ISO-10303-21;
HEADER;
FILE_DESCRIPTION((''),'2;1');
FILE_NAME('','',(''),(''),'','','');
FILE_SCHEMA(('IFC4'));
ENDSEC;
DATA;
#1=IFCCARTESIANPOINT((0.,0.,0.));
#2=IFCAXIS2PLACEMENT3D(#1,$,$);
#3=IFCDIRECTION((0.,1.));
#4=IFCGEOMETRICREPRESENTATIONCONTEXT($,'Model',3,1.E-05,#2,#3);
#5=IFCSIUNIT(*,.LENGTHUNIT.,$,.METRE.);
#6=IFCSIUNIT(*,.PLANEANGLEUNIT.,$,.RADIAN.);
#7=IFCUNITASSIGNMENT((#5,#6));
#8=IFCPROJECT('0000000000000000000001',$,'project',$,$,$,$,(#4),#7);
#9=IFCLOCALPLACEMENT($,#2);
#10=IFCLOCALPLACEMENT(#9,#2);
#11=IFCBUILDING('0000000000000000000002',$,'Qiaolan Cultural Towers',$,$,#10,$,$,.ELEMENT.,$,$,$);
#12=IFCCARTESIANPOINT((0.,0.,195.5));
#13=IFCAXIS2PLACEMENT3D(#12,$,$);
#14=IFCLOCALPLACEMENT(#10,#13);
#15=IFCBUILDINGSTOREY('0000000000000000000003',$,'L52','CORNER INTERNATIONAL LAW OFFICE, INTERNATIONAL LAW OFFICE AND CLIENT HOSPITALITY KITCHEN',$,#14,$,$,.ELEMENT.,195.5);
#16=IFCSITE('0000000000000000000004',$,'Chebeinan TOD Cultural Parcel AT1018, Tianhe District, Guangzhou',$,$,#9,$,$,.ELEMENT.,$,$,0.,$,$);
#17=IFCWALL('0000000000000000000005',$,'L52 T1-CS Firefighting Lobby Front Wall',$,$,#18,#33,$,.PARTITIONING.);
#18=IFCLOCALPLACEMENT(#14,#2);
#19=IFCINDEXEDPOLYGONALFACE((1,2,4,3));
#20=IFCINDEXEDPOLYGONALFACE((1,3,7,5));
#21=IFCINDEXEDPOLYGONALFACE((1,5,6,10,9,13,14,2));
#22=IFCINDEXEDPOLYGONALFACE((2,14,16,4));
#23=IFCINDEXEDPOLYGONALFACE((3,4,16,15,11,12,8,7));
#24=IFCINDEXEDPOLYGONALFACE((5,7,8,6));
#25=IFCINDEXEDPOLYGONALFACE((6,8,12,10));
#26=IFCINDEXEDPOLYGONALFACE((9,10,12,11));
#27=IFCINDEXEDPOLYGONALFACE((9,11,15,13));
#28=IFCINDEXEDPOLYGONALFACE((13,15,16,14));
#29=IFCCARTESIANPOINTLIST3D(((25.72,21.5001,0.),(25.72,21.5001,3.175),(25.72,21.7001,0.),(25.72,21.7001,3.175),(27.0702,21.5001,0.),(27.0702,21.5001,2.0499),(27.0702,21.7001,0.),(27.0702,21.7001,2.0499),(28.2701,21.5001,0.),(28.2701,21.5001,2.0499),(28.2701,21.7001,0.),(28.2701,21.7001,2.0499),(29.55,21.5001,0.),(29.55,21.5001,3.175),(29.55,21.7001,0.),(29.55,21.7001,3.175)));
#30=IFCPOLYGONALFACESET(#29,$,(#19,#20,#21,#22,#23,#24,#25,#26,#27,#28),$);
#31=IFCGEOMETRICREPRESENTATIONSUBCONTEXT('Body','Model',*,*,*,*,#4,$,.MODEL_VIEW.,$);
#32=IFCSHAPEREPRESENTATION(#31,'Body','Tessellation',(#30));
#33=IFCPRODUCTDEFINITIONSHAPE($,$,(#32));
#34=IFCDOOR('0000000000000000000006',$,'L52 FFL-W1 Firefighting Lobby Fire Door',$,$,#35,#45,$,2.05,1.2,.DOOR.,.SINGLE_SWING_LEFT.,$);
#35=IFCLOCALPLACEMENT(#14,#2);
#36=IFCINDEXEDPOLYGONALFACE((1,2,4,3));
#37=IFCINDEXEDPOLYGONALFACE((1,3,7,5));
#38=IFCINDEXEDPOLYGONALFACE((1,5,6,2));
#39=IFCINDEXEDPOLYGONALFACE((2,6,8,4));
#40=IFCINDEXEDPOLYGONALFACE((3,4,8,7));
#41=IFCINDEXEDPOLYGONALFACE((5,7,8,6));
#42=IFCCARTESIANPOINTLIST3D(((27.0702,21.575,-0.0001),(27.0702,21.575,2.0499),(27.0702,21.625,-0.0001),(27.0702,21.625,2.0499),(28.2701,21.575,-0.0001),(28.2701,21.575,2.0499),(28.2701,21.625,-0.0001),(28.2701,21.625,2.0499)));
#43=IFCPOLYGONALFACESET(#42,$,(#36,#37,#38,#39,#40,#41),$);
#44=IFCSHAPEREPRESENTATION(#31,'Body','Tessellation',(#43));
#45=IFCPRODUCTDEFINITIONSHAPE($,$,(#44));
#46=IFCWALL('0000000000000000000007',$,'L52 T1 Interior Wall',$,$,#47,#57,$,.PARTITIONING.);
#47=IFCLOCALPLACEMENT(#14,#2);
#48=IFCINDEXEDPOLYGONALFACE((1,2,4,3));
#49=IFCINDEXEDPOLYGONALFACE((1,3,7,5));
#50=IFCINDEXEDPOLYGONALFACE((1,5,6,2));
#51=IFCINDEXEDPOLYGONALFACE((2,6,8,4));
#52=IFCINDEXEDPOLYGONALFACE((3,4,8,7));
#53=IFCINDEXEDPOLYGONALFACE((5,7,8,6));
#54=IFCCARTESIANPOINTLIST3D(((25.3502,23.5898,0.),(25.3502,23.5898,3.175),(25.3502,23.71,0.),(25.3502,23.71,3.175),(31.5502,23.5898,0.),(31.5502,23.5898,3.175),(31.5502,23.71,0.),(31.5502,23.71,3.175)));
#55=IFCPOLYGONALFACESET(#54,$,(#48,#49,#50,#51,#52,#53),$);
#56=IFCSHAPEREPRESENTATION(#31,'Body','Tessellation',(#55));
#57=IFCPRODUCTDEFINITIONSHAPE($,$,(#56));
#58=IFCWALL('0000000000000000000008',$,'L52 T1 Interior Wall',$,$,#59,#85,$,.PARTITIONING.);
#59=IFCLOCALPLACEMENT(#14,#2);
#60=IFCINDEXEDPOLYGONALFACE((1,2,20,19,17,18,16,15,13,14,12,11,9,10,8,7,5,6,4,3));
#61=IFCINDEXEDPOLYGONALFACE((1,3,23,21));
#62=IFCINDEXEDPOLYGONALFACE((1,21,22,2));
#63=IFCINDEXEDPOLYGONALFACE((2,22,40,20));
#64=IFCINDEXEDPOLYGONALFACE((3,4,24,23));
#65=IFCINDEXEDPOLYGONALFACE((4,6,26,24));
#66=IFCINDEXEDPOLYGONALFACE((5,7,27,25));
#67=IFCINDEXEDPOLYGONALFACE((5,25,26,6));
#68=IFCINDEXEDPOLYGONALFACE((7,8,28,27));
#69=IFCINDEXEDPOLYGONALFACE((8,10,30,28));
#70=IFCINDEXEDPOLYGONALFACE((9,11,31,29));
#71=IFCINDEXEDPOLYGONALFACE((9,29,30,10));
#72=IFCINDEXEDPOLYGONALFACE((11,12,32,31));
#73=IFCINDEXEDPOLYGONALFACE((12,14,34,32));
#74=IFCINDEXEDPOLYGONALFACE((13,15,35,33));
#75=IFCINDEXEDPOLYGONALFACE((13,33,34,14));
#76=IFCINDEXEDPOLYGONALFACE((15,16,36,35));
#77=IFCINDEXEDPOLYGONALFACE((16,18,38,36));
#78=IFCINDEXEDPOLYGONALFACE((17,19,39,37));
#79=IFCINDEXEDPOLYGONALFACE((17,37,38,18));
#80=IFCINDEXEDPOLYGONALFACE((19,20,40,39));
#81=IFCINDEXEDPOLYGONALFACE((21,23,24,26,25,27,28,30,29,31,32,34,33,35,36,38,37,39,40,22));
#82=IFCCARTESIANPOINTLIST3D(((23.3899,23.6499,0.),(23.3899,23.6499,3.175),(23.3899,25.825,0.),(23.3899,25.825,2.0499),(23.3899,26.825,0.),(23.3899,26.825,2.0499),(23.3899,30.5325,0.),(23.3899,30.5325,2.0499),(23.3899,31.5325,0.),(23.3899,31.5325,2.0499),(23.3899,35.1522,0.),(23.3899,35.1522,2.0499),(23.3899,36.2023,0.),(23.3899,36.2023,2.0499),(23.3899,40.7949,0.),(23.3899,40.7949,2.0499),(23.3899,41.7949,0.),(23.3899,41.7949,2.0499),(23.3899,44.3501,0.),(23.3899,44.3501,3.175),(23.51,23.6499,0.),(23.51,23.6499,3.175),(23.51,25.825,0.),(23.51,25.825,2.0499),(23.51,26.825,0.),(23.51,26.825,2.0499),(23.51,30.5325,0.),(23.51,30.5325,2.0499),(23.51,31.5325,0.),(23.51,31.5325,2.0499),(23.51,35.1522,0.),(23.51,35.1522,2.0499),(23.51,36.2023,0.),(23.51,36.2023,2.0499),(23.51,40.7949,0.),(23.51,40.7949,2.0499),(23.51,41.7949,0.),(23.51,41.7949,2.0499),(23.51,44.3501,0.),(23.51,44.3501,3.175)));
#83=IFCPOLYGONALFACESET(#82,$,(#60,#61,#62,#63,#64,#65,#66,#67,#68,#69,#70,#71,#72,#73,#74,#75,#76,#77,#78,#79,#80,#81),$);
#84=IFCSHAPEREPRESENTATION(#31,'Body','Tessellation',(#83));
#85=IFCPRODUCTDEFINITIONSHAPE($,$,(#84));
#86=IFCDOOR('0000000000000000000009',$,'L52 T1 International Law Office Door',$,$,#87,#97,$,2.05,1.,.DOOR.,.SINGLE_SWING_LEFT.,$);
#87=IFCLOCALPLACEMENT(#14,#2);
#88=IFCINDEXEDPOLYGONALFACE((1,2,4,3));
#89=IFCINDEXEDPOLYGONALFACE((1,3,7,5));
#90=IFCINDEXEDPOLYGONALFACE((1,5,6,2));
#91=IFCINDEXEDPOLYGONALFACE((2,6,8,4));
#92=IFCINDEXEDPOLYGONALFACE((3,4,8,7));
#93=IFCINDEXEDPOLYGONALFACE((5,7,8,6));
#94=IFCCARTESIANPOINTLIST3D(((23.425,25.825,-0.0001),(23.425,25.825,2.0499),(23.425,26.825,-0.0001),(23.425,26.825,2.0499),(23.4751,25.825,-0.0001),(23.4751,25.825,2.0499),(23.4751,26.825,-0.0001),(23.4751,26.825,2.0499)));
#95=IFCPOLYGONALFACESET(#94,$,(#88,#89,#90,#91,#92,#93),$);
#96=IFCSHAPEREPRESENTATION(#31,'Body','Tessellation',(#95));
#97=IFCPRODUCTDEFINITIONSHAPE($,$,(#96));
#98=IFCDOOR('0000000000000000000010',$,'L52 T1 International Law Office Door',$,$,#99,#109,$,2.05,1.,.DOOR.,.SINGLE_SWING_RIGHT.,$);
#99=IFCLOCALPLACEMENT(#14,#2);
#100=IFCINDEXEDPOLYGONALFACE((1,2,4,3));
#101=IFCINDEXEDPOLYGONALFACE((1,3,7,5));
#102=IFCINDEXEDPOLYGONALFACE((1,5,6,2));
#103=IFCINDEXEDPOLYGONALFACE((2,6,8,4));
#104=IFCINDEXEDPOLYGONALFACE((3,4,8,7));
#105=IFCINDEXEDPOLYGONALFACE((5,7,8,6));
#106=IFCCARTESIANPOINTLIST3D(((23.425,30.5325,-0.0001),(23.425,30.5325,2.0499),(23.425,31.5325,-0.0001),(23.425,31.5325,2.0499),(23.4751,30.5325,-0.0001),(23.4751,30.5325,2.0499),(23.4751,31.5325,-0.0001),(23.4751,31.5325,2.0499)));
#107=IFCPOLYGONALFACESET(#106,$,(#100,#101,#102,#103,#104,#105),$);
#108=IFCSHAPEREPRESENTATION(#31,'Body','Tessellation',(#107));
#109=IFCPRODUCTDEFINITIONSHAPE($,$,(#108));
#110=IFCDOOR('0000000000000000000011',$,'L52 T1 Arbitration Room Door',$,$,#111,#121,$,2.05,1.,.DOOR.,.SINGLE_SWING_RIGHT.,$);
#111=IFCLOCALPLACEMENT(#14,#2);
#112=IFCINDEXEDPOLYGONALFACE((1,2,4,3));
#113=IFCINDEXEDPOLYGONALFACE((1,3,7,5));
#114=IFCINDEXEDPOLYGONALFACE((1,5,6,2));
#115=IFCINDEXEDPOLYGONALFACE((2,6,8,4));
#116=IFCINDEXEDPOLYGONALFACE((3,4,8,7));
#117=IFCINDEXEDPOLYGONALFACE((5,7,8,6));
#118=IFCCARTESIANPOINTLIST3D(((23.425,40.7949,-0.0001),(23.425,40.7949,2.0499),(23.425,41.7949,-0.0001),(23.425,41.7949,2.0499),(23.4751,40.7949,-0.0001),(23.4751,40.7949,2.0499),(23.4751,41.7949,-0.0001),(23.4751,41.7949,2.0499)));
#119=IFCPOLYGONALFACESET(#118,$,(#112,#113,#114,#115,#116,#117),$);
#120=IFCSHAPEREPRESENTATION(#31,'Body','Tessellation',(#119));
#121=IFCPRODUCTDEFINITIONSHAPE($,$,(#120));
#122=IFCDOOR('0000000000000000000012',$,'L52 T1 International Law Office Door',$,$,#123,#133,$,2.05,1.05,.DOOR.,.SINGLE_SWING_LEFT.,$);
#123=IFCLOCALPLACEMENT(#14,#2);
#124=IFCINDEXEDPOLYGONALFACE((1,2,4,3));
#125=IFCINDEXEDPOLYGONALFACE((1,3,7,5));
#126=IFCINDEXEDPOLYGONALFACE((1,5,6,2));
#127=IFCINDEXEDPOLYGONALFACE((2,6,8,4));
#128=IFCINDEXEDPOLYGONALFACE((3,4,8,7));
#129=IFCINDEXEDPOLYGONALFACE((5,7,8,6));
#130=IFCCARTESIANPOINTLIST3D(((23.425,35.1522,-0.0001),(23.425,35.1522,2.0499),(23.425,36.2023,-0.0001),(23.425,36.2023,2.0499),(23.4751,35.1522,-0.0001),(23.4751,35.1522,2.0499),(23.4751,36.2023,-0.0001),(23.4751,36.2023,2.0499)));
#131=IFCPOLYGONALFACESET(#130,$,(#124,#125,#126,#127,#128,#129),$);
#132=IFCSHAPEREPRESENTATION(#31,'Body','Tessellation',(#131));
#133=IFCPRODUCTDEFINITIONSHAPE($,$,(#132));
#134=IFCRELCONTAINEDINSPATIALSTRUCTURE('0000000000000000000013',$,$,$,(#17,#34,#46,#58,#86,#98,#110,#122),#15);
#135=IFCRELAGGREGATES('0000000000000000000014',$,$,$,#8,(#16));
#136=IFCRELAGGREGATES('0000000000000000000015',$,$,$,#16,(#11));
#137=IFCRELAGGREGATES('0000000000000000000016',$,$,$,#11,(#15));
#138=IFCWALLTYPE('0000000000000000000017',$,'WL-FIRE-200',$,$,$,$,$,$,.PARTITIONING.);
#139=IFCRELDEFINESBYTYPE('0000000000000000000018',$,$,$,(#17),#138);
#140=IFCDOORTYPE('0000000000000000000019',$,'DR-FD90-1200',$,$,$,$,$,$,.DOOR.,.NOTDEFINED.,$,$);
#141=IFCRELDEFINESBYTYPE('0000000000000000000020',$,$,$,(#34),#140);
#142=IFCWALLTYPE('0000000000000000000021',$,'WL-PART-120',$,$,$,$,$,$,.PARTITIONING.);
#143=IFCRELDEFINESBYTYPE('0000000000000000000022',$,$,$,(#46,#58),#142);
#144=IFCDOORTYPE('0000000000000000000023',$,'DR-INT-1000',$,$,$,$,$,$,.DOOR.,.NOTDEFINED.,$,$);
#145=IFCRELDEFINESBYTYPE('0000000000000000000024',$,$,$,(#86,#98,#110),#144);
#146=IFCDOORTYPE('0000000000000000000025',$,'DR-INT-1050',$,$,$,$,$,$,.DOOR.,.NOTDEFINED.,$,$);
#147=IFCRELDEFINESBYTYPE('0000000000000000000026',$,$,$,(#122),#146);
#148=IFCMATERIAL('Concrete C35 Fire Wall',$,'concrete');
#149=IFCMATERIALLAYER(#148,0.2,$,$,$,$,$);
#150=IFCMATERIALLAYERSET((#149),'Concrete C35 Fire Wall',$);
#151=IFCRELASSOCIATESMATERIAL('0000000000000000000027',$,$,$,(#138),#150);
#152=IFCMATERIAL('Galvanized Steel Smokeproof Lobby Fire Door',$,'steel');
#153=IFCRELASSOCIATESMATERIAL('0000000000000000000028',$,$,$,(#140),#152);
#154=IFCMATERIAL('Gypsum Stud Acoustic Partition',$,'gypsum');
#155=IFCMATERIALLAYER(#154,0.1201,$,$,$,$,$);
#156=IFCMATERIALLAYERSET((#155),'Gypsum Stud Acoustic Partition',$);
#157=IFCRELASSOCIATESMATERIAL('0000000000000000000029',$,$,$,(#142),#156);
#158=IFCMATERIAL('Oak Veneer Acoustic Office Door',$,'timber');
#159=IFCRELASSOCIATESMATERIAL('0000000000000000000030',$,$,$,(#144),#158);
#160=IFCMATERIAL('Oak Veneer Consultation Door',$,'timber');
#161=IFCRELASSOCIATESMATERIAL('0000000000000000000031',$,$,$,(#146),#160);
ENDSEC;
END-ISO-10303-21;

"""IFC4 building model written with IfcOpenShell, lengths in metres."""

from ifc_helpers import new_model, si_unit, direction, frame, frame_2d, origin, place, context, subcontext, project, spatial, rectangle, extrude, material, layer, layer_set, type_object, element, fill, save


model = new_model("IFC4")

# Units and contexts
model_context = context("Model", 3, precision=1e-05, world=origin(), true_north=direction((0.0, 1.0)))
body_context = subcontext(model_context, "Body", "Model", "MODEL_VIEW")
ifc_project = project(units=[si_unit("LENGTHUNIT", "METRE"), si_unit("PLANEANGLEUNIT", "RADIAN")], contexts=[model_context])

# Site, building, storey
site_placement = place(None, origin())
site = spatial("IfcSite", under=ifc_project, at=site_placement, Name="Chebeinan TOD Cultural Parcel AT1018, Tianhe District, Guangzhou", CompositionType="ELEMENT", RefElevation=0.0)
building_placement = place(site_placement, origin())
building = spatial("IfcBuilding", under=site, at=building_placement, Name="Qiaolan Cultural Towers", CompositionType="ELEMENT")
storey_placement = place(building_placement, frame((0.0, 0.0, 195.5)))
storey = spatial("IfcBuildingStorey", under=building, at=storey_placement, Name="L52", Description="CORNER INTERNATIONAL LAW OFFICE, INTERNATIONAL LAW OFFICE AND CLIENT HOSPITALITY KITCHEN", CompositionType="ELEMENT", Elevation=195.5)

# Wall, opening, door
ifc_material_1 = material(Name="Concrete C35 Fire Wall", Category="concrete")
ifc_layer_1 = layer(ifc_material_1, 0.2)
ifc_layer_set_1 = layer_set([ifc_layer_1], Name="Concrete C35 Fire Wall")
wall_type_1 = type_object("IfcWallType", Name="WL-FIRE-200", PredefinedType="PARTITIONING", material=ifc_layer_set_1)
wall_1_placement = place(storey_placement, frame((25.72, 21.6001, 0.0), z_axis=(0.0, 0.0, 1.0), x_axis=(1.0, 0.0, 0.0)))
wall_1 = element("IfcWall", 1, at=wall_1_placement, inside=storey, type_object=wall_type_1, Name="L52 T1-CS Firefighting Lobby Front Wall", PredefinedType="PARTITIONING", context=body_context, shape_type="SweptSolid", body=[
    extrude(rectangle(XDim=3.8301, YDim=0.2, at=frame_2d((1.915, 0.0))), origin(), (0.0, 0.0, 1.0), 3.175),
])
opening_1_placement = place(wall_1_placement, frame((1.3501, 0.0, 0.0)))
opening_1 = element("IfcOpeningElement", 2, at=opening_1_placement, cuts=wall_1, PredefinedType="OPENING", context=body_context, shape_type="SweptSolid", body=[
    extrude(rectangle(XDim=1.2, YDim=2.05, at=frame_2d((0.6001, 1.0249))), frame((0.0, 0.1099, 0.0), z_axis=(0.0, -1.0, 0.0), x_axis=(1.0, 0.0, 0.0)), (0.0, 0.0, 1.0), 0.22),
])
ifc_material_2 = material(Name="Galvanized Steel Smokeproof Lobby Fire Door", Category="steel")
door_type_1 = type_object("IfcDoorType", Name="DR-FD90-1200", OperationType="NOTDEFINED", PredefinedType="DOOR", material=ifc_material_2)
door_1_placement = place(opening_1_placement, origin())
door_1 = element("IfcDoor", 3, at=door_1_placement, inside=storey, type_object=door_type_1, Name="L52 FFL-W1 Firefighting Lobby Fire Door", OperationType="SINGLE_SWING_LEFT", OverallHeight=2.05, OverallWidth=1.2, PredefinedType="DOOR", context=body_context, shape_type="SweptSolid", body=[
    extrude(rectangle(XDim=1.2, YDim=2.05, at=frame_2d((0.6001, 1.0249))), frame((0.0, 0.0249, 0.0), z_axis=(0.0, -1.0, 0.0), x_axis=(1.0, 0.0, 0.0)), (0.0, 0.0, 1.0), 0.05),
])
fill(opening_1, door_1)

# Wall
ifc_material_3 = material(Name="Gypsum Stud Acoustic Partition", Category="gypsum")
ifc_layer_2 = layer(ifc_material_3, 0.1201)
ifc_layer_set_2 = layer_set([ifc_layer_2], Name="Gypsum Stud Acoustic Partition")
wall_type_2 = type_object("IfcWallType", Name="WL-PART-120", PredefinedType="PARTITIONING", material=ifc_layer_set_2)
wall_2_placement = place(storey_placement, frame((25.3501, 23.6499, 0.0), z_axis=(0.0, 0.0, 1.0), x_axis=(1.0, 0.0, 0.0)))
element("IfcWall", 4, at=wall_2_placement, inside=storey, type_object=wall_type_2, Name="L52 T1 Interior Wall", PredefinedType="PARTITIONING", context=body_context, shape_type="SweptSolid", body=[
    extrude(rectangle(XDim=6.2, YDim=0.1201, at=frame_2d((3.1001, 0.0))), origin(), (0.0, 0.0, 1.0), 3.175),
])

# Wall, openings, doors
wall_3_placement = place(storey_placement, frame((23.45, 23.6499, 0.0), z_axis=(0.0, 0.0, 1.0), x_axis=(0.0, 1.0, 0.0)))
wall_3 = element("IfcWall", 5, at=wall_3_placement, inside=storey, type_object=wall_type_2, Name="L52 T1 Interior Wall", PredefinedType="PARTITIONING", context=body_context, shape_type="SweptSolid", body=[
    extrude(rectangle(XDim=20.7002, YDim=0.1201, at=frame_2d((10.3501, 0.0))), origin(), (0.0, 0.0, 1.0), 3.175),
])
opening_2_placement = place(wall_3_placement, frame((2.175, 0.0, 0.0)))
opening_2 = element("IfcOpeningElement", 6, at=opening_2_placement, cuts=wall_3, PredefinedType="OPENING", context=body_context, shape_type="SweptSolid", body=[
    extrude(rectangle(XDim=1.0, YDim=2.05, at=frame_2d((0.5, 1.0249))), frame((0.0, 0.0701, 0.0), z_axis=(0.0, -1.0, 0.0), x_axis=(1.0, 0.0, 0.0)), (0.0, 0.0, 1.0), 0.1401),
])
opening_3_placement = place(wall_3_placement, frame((6.8826, 0.0, 0.0)))
opening_3 = element("IfcOpeningElement", 7, at=opening_3_placement, cuts=wall_3, PredefinedType="OPENING", context=body_context, shape_type="SweptSolid", body=[
    extrude(rectangle(XDim=1.0, YDim=2.05, at=frame_2d((0.5, 1.0249))), frame((0.0, 0.0701, 0.0), z_axis=(0.0, -1.0, 0.0), x_axis=(1.0, 0.0, 0.0)), (0.0, 0.0, 1.0), 0.1401),
])
opening_4_placement = place(wall_3_placement, frame((11.5024, 0.0, 0.0)))
opening_4 = element("IfcOpeningElement", 8, at=opening_4_placement, cuts=wall_3, PredefinedType="OPENING", context=body_context, shape_type="SweptSolid", body=[
    extrude(rectangle(XDim=1.05, YDim=2.05, at=frame_2d((0.5249, 1.0249))), frame((0.0, 0.0701, 0.0), z_axis=(0.0, -1.0, 0.0), x_axis=(1.0, 0.0, 0.0)), (0.0, 0.0, 1.0), 0.1401),
])
opening_5_placement = place(wall_3_placement, frame((17.145, 0.0, 0.0)))
opening_5 = element("IfcOpeningElement", 9, at=opening_5_placement, cuts=wall_3, PredefinedType="OPENING", context=body_context, shape_type="SweptSolid", body=[
    extrude(rectangle(XDim=1.0, YDim=2.05, at=frame_2d((0.5, 1.0249))), frame((0.0, 0.0701, 0.0), z_axis=(0.0, -1.0, 0.0), x_axis=(1.0, 0.0, 0.0)), (0.0, 0.0, 1.0), 0.1401),
])
ifc_material_4 = material(Name="Oak Veneer Acoustic Office Door", Category="timber")
door_type_2 = type_object("IfcDoorType", Name="DR-INT-1000", OperationType="NOTDEFINED", PredefinedType="DOOR", material=ifc_material_4)
door_2_placement = place(opening_2_placement, origin())
door_2 = element("IfcDoor", 10, at=door_2_placement, inside=storey, type_object=door_type_2, Name="L52 T1 International Law Office Door", OperationType="SINGLE_SWING_LEFT", OverallHeight=2.05, OverallWidth=1.0, PredefinedType="DOOR", context=body_context, shape_type="SweptSolid", body=[
    extrude(rectangle(XDim=1.0, YDim=2.05, at=frame_2d((0.5, 1.0249))), frame((0.0, 0.0249, 0.0), z_axis=(0.0, -1.0, 0.0), x_axis=(1.0, 0.0, 0.0)), (0.0, 0.0, 1.0), 0.05),
])
fill(opening_2, door_2)
door_3_placement = place(opening_3_placement, origin())
door_3 = element("IfcDoor", 11, at=door_3_placement, inside=storey, type_object=door_type_2, Name="L52 T1 International Law Office Door", OperationType="SINGLE_SWING_RIGHT", OverallHeight=2.05, OverallWidth=1.0, PredefinedType="DOOR", context=body_context, shape_type="SweptSolid", body=[
    extrude(rectangle(XDim=1.0, YDim=2.05, at=frame_2d((0.5, 1.0249))), frame((0.0, 0.0249, 0.0), z_axis=(0.0, -1.0, 0.0), x_axis=(1.0, 0.0, 0.0)), (0.0, 0.0, 1.0), 0.05),
])
fill(opening_3, door_3)
door_4_placement = place(opening_5_placement, origin())
door_4 = element("IfcDoor", 12, at=door_4_placement, inside=storey, type_object=door_type_2, Name="L52 T1 Arbitration Room Door", OperationType="SINGLE_SWING_RIGHT", OverallHeight=2.05, OverallWidth=1.0, PredefinedType="DOOR", context=body_context, shape_type="SweptSolid", body=[
    extrude(rectangle(XDim=1.0, YDim=2.05, at=frame_2d((0.5, 1.0249))), frame((0.0, 0.0249, 0.0), z_axis=(0.0, -1.0, 0.0), x_axis=(1.0, 0.0, 0.0)), (0.0, 0.0, 1.0), 0.05),
])
fill(opening_5, door_4)
ifc_material_5 = material(Name="Oak Veneer Consultation Door", Category="timber")
door_type_3 = type_object("IfcDoorType", Name="DR-INT-1050", OperationType="NOTDEFINED", PredefinedType="DOOR", material=ifc_material_5)
door_5_placement = place(opening_4_placement, origin())
door_5 = element("IfcDoor", 13, at=door_5_placement, inside=storey, type_object=door_type_3, Name="L52 T1 International Law Office Door", OperationType="SINGLE_SWING_LEFT", OverallHeight=2.05, OverallWidth=1.05, PredefinedType="DOOR", context=body_context, shape_type="SweptSolid", body=[
    extrude(rectangle(XDim=1.05, YDim=2.05, at=frame_2d((0.5249, 1.0249))), frame((0.0, 0.0249, 0.0), z_axis=(0.0, -1.0, 0.0), x_axis=(1.0, 0.0, 0.0)), (0.0, 0.0, 1.0), 0.05),
])
fill(opening_4, door_5)

save(model, "model.ifc")
